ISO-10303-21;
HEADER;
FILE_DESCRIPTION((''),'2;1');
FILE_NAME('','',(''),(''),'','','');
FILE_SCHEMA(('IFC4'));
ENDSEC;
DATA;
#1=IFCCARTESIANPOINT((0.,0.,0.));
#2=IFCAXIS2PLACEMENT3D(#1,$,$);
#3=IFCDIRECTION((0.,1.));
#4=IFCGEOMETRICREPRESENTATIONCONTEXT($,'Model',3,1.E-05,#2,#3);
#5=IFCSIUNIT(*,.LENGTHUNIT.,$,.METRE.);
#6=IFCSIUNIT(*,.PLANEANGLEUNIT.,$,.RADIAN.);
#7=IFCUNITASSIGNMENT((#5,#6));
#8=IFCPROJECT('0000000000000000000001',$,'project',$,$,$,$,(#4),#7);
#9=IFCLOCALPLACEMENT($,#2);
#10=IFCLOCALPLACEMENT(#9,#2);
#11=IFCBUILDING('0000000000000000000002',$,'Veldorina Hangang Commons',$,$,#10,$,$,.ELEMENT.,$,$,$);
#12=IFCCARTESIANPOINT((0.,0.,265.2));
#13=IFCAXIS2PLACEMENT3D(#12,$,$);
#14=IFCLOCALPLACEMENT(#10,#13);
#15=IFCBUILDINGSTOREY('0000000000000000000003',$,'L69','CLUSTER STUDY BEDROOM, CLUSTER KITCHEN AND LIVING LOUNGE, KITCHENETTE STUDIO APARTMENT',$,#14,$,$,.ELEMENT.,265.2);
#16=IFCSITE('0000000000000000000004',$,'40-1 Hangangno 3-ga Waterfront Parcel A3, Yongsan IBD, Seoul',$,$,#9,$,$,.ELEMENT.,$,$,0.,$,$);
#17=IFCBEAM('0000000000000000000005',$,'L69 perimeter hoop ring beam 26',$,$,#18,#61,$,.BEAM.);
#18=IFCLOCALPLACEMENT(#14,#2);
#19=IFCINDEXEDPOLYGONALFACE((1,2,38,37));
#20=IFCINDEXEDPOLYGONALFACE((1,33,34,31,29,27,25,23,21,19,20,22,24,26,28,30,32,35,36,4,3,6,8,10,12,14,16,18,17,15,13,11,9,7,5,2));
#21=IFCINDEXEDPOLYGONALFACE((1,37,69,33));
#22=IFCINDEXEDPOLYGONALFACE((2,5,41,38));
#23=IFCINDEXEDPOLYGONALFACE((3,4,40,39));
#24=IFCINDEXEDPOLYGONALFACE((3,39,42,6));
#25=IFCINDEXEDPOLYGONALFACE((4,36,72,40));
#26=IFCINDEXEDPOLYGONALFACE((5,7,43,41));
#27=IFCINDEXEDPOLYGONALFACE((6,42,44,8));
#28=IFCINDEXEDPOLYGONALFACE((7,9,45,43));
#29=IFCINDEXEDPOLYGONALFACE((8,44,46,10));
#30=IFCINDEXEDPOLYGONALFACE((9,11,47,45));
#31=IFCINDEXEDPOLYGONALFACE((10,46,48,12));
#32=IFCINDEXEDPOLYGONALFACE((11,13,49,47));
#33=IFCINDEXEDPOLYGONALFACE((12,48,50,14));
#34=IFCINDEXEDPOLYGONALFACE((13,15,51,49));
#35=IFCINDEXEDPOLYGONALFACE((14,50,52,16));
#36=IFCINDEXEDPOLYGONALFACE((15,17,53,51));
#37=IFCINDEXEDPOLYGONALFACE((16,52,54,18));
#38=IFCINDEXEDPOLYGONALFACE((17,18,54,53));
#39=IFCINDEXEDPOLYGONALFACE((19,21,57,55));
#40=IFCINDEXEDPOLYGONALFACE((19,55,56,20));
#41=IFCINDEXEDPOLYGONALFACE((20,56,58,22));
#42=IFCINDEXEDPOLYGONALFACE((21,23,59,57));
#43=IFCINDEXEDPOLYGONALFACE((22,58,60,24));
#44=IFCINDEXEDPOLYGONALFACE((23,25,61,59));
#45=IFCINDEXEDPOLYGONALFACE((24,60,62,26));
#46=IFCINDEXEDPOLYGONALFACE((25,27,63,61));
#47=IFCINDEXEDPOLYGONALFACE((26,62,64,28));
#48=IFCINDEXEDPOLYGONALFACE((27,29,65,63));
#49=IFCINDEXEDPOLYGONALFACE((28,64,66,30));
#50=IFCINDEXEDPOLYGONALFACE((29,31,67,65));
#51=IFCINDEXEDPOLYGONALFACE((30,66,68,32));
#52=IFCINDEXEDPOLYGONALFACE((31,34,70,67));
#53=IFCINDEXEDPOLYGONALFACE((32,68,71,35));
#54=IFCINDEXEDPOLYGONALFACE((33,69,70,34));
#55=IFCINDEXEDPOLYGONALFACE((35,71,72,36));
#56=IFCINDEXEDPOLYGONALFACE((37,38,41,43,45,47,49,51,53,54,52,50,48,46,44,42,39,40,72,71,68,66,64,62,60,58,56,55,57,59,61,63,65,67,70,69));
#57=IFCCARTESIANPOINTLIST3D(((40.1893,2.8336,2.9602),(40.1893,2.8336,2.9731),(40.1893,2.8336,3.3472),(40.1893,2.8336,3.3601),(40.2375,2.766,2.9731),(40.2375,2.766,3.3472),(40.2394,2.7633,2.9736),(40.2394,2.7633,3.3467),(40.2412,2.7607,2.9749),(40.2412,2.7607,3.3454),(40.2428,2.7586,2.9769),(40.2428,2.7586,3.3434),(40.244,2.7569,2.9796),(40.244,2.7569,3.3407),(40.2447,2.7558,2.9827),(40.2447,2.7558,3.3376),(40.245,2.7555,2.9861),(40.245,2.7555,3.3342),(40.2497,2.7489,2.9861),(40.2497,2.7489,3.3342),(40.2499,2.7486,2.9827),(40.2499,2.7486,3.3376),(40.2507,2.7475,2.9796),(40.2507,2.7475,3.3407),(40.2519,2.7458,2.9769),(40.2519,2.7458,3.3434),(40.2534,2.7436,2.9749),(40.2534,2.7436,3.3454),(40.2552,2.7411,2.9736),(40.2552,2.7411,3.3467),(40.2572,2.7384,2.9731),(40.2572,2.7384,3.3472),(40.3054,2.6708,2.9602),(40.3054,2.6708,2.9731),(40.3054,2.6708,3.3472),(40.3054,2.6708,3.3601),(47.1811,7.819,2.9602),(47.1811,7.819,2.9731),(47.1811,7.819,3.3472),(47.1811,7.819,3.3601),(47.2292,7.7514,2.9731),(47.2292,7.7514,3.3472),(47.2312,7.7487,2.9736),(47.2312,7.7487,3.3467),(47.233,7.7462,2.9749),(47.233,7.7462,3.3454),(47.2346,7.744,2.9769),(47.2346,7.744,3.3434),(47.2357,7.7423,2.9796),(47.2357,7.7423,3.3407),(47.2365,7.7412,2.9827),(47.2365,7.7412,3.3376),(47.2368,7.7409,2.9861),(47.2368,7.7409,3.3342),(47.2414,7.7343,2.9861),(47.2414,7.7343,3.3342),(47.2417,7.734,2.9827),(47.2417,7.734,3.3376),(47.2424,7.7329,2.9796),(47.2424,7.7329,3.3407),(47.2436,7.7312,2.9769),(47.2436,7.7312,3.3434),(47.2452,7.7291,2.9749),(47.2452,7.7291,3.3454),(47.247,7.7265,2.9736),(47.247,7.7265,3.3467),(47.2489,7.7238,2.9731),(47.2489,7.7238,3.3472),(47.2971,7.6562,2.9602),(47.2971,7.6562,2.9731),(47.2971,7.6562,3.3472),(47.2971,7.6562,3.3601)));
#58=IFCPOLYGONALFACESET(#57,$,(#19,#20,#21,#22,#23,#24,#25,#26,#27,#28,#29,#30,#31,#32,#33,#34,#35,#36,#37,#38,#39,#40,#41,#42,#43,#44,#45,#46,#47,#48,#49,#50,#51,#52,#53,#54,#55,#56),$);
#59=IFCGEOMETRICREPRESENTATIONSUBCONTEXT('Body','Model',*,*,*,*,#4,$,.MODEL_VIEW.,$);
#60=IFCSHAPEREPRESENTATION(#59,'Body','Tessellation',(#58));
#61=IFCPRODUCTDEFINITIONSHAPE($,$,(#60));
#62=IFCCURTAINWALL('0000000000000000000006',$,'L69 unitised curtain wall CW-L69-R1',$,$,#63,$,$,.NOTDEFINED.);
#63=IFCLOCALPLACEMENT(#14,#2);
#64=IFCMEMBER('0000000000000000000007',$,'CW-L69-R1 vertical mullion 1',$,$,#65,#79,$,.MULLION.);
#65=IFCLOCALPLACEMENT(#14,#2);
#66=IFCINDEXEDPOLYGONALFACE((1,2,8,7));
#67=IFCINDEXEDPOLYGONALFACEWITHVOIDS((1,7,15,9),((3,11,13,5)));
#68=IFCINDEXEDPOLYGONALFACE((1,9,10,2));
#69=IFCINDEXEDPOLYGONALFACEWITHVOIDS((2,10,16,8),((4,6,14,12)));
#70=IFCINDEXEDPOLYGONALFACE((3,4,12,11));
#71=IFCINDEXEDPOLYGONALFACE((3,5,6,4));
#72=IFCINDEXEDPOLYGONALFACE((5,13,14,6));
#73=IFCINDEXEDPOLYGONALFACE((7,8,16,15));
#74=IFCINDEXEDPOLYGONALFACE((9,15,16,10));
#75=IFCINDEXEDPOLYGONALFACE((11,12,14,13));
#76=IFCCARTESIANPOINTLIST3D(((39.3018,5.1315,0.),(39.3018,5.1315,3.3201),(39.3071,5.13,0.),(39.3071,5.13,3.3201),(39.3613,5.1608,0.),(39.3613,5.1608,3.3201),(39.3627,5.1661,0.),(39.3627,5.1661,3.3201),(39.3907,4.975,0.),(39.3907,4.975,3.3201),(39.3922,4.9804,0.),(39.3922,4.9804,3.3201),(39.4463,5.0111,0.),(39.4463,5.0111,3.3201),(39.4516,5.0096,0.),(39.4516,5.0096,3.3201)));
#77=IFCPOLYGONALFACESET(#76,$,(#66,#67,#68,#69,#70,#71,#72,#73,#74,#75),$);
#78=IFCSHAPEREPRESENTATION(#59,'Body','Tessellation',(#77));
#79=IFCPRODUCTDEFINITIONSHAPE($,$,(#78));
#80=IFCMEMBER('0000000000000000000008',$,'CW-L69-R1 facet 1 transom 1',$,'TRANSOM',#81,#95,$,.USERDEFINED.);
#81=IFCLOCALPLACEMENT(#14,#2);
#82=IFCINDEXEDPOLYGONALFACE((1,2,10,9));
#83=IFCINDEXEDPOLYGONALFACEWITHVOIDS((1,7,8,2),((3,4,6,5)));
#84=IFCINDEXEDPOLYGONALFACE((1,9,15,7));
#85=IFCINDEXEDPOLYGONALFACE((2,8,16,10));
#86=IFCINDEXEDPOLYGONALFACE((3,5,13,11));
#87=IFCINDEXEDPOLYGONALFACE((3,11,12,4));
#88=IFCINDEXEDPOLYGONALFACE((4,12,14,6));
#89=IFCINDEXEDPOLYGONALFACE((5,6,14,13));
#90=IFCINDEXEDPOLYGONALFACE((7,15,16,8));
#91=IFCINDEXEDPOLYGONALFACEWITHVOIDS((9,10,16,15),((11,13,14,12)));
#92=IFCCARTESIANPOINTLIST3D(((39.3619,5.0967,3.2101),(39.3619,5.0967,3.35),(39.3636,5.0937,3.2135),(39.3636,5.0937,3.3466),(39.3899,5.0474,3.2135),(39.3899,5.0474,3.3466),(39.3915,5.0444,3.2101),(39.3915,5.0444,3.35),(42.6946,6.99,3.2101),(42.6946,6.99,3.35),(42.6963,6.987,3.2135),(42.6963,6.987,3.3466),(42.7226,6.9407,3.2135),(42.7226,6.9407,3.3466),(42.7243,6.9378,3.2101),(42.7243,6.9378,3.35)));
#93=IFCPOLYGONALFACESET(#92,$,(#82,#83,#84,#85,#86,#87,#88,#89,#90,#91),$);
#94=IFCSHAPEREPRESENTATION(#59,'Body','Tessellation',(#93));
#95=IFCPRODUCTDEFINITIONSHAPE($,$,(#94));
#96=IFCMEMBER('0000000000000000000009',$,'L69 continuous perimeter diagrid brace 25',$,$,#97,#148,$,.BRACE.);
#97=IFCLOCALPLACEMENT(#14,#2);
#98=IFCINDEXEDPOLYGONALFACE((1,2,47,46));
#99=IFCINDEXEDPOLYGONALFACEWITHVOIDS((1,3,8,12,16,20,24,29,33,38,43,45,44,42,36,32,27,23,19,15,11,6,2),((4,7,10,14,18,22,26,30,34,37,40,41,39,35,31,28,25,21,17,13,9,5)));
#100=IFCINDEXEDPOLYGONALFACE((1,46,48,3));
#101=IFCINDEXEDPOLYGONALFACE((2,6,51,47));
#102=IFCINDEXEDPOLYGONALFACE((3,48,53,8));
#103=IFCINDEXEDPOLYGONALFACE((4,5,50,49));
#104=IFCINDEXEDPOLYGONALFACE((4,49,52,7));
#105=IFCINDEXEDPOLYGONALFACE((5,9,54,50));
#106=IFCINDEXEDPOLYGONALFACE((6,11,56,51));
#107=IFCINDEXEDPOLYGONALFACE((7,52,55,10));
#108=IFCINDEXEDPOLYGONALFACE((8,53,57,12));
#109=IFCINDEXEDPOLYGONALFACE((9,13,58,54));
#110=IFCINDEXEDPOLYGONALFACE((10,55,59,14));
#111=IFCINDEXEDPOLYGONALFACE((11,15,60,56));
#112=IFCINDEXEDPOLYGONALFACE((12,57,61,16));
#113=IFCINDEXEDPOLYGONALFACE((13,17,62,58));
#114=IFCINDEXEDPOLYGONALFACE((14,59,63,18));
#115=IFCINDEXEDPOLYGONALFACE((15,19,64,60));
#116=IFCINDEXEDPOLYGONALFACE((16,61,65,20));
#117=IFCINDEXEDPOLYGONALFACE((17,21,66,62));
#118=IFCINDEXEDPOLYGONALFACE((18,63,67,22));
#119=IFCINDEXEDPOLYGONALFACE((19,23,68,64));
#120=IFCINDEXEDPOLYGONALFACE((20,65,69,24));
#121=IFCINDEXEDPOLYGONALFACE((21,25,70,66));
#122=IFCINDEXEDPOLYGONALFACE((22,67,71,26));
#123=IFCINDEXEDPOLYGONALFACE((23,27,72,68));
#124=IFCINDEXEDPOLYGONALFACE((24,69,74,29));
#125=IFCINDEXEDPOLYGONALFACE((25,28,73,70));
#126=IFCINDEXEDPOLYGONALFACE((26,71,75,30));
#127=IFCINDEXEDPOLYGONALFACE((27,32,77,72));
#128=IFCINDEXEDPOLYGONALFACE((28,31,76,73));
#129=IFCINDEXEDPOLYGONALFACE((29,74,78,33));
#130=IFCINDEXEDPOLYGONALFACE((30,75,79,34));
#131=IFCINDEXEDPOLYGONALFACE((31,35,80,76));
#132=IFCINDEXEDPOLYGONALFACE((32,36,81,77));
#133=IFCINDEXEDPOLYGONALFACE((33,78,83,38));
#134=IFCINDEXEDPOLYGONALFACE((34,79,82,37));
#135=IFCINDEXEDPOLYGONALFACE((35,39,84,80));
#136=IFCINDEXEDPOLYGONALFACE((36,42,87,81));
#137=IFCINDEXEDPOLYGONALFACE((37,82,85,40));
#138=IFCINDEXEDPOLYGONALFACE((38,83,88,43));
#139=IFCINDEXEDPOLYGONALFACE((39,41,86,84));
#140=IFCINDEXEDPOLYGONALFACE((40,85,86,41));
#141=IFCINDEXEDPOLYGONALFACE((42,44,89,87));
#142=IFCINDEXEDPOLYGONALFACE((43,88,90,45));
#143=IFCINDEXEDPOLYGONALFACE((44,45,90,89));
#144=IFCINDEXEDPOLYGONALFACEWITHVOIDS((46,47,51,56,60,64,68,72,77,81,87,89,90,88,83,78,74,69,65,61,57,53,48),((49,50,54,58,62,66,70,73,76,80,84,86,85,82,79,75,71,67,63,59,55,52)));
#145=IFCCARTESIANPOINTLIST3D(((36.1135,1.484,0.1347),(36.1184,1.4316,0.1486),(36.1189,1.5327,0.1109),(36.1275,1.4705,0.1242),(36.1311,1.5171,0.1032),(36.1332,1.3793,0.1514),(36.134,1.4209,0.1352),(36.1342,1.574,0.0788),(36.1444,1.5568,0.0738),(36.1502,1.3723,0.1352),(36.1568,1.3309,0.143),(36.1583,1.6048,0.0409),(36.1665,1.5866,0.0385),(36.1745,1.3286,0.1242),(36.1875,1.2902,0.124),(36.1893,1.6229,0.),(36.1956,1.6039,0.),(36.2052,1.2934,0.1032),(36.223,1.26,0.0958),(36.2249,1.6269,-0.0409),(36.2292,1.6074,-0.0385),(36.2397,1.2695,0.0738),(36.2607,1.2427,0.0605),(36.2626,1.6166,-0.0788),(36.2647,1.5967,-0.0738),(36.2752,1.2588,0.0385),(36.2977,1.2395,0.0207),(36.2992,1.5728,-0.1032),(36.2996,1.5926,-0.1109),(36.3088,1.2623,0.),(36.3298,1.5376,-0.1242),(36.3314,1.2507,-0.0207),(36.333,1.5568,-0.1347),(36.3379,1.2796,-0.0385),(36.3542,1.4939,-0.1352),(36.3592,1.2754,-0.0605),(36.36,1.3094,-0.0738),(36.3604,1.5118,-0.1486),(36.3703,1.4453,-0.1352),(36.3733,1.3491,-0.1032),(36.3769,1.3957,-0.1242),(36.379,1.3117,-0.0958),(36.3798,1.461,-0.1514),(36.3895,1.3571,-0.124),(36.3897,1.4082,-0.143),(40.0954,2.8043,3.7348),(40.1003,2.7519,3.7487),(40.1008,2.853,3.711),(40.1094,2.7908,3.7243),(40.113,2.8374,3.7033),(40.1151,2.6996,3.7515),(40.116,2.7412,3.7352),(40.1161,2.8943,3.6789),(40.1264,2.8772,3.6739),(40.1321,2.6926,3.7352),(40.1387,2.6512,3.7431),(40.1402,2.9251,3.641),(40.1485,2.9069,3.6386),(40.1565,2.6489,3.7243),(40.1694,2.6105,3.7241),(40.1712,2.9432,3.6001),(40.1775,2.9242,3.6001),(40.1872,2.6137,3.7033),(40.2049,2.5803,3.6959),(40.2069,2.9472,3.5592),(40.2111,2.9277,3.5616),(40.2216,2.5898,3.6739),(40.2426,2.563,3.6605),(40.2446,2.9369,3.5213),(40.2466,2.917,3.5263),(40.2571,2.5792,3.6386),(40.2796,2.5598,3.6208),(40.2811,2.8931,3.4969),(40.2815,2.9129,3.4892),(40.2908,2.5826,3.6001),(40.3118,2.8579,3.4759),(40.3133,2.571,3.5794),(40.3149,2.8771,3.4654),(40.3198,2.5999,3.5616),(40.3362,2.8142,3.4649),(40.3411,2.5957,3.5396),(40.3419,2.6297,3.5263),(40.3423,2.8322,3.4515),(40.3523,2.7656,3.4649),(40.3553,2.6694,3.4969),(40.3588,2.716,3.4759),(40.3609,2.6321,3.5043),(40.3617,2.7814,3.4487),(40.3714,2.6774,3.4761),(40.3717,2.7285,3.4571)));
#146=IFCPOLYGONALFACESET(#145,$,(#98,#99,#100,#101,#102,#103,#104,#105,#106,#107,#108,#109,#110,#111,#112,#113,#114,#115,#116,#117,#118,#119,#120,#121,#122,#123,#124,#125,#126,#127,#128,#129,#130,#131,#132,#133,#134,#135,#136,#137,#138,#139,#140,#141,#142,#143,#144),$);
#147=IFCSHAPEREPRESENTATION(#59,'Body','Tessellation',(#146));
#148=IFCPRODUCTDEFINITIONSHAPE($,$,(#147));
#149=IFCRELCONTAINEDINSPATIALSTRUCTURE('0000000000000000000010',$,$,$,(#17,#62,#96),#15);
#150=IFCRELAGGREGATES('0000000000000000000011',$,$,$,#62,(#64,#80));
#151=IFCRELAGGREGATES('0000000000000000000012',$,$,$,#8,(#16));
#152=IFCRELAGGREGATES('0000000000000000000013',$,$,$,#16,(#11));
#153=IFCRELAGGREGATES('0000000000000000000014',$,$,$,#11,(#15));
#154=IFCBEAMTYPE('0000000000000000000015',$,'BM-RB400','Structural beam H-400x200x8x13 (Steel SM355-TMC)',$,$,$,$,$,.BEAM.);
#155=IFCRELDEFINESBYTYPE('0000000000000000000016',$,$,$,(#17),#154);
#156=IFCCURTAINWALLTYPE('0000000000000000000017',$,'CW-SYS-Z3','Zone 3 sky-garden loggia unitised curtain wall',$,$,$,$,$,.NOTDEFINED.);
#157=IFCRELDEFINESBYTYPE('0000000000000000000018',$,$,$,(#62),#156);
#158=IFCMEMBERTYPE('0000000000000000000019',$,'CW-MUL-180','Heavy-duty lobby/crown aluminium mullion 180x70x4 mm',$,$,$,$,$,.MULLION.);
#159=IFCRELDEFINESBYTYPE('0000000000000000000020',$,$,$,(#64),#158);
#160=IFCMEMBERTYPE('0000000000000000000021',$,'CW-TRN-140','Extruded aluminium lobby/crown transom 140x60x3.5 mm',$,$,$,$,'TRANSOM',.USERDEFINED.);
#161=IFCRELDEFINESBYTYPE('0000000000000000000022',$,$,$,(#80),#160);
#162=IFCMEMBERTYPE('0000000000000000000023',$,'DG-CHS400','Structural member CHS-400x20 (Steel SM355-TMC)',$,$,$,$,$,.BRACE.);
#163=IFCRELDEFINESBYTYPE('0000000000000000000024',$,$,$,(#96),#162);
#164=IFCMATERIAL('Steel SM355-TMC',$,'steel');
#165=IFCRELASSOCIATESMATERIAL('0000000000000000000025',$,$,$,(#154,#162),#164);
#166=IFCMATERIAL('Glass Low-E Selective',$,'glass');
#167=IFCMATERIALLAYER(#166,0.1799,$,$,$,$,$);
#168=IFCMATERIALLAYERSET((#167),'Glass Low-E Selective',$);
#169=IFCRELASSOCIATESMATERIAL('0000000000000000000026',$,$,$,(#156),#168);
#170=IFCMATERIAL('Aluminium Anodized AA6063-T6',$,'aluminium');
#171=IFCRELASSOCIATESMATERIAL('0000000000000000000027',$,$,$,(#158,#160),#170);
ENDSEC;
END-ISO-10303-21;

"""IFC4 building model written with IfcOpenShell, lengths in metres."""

from ifc_helpers import new_model, si_unit, direction, frame, origin, origin_2d, place, context, subcontext, project, spatial, hollow_rectangle, hollow_circle, i_section, extrude, material, layer, layer_set, material_profile, profile_set, type_object, element, aggregate, save


model = new_model("IFC4")

# Units and contexts
model_context = context("Model", 3, precision=1e-05, world=origin(), true_north=direction((0.0, 1.0)))
body_context = subcontext(model_context, "Body", "Model", "MODEL_VIEW")
ifc_project = project(units=[si_unit("LENGTHUNIT", "METRE"), si_unit("PLANEANGLEUNIT", "RADIAN")], contexts=[model_context])

# Site, building, storey
site_placement = place(None, origin())
site = spatial("IfcSite", under=ifc_project, at=site_placement, Name="40-1 Hangangno 3-ga Waterfront Parcel A3, Yongsan IBD, Seoul", CompositionType="ELEMENT", RefElevation=0.0)
building_placement = place(site_placement, origin())
building = spatial("IfcBuilding", under=site, at=building_placement, Name="Veldorina Hangang Commons", CompositionType="ELEMENT")
storey_placement = place(building_placement, frame((0.0, 0.0, 265.2)))
storey = spatial("IfcBuildingStorey", under=building, at=storey_placement, Name="L69", Description="CLUSTER STUDY BEDROOM, CLUSTER KITCHEN AND LIVING LOUNGE, KITCHENETTE STUDIO APARTMENT", CompositionType="ELEMENT", Elevation=265.2)

# Beam
ifc_material_1 = material(Name="Steel SM355-TMC", Category="steel")
ifc_material_profile_1 = material_profile(ifc_material_1, i_section(OverallWidth=0.2, OverallDepth=0.3999, WebThickness=0.0081, FlangeThickness=0.0129, FilletRadius=0.0129, at=origin_2d()), Name="H-400x200x8x13")
ifc_profile_set_1 = profile_set([ifc_material_profile_1], Name="Steel SM355-TMC")
beam_type = type_object("IfcBeamType", Name="BM-RB400", Description="Structural beam H-400x200x8x13 (Steel SM355-TMC)", PredefinedType="BEAM", material=ifc_profile_set_1)
beam_placement = place(storey_placement, frame((40.2473, 2.7522, 3.1602), z_axis=(0.814213, 0.580566, 0.0), x_axis=(-0.580566, 0.814213, 0.0)))
element("IfcBeam", 1, at=beam_placement, inside=storey, type_object=beam_type, Name="L69 perimeter hoop ring beam 26", PredefinedType="BEAM", context=body_context, shape_type="SweptSolid", body=[
    extrude(i_section(OverallWidth=0.2, OverallDepth=0.3999, WebThickness=0.0081, FlangeThickness=0.0129, FilletRadius=0.0129, at=origin_2d()), origin(), (0.0, 0.0, 1.0), 8.5872),
])

# Curtain wall, members
ifc_material_2 = material(Name="Glass Low-E Selective", Category="glass")
ifc_layer_1 = layer(ifc_material_2, 0.1799)
ifc_layer_set_1 = layer_set([ifc_layer_1], Name="Glass Low-E Selective")
curtain_wall_type = type_object("IfcCurtainWallType", Name="CW-SYS-Z3", Description="Zone 3 sky-garden loggia unitised curtain wall", PredefinedType="NOTDEFINED", material=ifc_layer_set_1)
curtain_wall_placement = place(storey_placement, origin())
curtain_wall = element("IfcCurtainWall", 2, at=curtain_wall_placement, inside=storey, type_object=curtain_wall_type, Name="L69 unitised curtain wall CW-L69-R1", PredefinedType="NOTDEFINED")
ifc_material_3 = material(Name="Aluminium Anodized AA6063-T6", Category="aluminium")
ifc_material_profile_2 = material_profile(ifc_material_3, hollow_rectangle(XDim=0.0701, YDim=0.1799, WallThickness=0.0039, at=origin_2d()), Name="ALU-RHS-180x70x4")
ifc_profile_set_2 = profile_set([ifc_material_profile_2], Name="Aluminium Anodized AA6063-T6")
member_type_1 = type_object("IfcMemberType", Name="CW-MUL-180", Description="Heavy-duty lobby/crown aluminium mullion 180x70x4 mm", PredefinedType="MULLION", material=ifc_profile_set_2)
member_1_placement = place(storey_placement, frame((39.3767, 5.0706, 0.0), z_axis=(0.0, 0.0, 1.0), x_axis=(0.869469, 0.493987, 0.0)))
member_1 = element("IfcMember", 3, at=member_1_placement, type_object=member_type_1, Name="CW-L69-R1 vertical mullion 1", PredefinedType="MULLION", context=body_context, shape_type="SweptSolid", body=[
    extrude(hollow_rectangle(XDim=0.0701, YDim=0.1799, WallThickness=0.0039, at=origin_2d()), origin(), (0.0, 0.0, 1.0), 3.3201),
])
ifc_material_profile_3 = material_profile(ifc_material_3, hollow_rectangle(XDim=0.0601, YDim=0.1399, WallThickness=0.0034, at=origin_2d()), Name="ALU-RHS-140x60x3.5")
ifc_profile_set_3 = profile_set([ifc_material_profile_3], Name="Aluminium Anodized AA6063-T6")
member_type_2 = type_object("IfcMemberType", Name="CW-TRN-140", Description="Extruded aluminium lobby/crown transom 140x60x3.5 mm", ElementType="TRANSOM", PredefinedType="USERDEFINED", material=ifc_profile_set_3)
member_2_placement = place(storey_placement, frame((39.3767, 5.0706, 3.28), z_axis=(0.869491, 0.493949, 0.0), x_axis=(-0.493949, 0.869491, 0.0)))
member_2 = element("IfcMember", 4, at=member_2_placement, type_object=member_type_2, Name="CW-L69-R1 facet 1 transom 1", ObjectType="TRANSOM", PredefinedType="USERDEFINED", context=body_context, shape_type="SweptSolid", body=[
    extrude(hollow_rectangle(XDim=0.0601, YDim=0.1399, WallThickness=0.0034, at=origin_2d()), origin(), (0.0, 0.0, 1.0), 3.833),
])

# Member
ifc_material_profile_4 = material_profile(ifc_material_1, hollow_circle(Radius=0.2, WallThickness=0.02, at=origin_2d()), Name="CHS-400x20")
ifc_profile_set_4 = profile_set([ifc_material_profile_4], Name="Steel SM355-TMC")
member_type_3 = type_object("IfcMemberType", Name="DG-CHS400", Description="Structural member CHS-400x20 (Steel SM355-TMC)", PredefinedType="BRACE", material=ifc_profile_set_4)
member_3_placement = place(storey_placement, frame((36.2522, 1.4331, 0.0), z_axis=(0.72031, 0.238837, 0.651238), x_axis=(-0.314726, 0.949183, 0.0)))
element("IfcMember", 5, at=member_3_placement, inside=storey, type_object=member_type_3, Name="L69 continuous perimeter diagrid brace 25", PredefinedType="BRACE", context=body_context, shape_type="SweptSolid", body=[
    extrude(hollow_circle(Radius=0.2, WallThickness=0.02, at=origin_2d()), origin(), (0.0, 0.0, 1.0), 5.5281),
])

aggregate(curtain_wall, [member_1, member_2])

save(model, "model.ifc")
